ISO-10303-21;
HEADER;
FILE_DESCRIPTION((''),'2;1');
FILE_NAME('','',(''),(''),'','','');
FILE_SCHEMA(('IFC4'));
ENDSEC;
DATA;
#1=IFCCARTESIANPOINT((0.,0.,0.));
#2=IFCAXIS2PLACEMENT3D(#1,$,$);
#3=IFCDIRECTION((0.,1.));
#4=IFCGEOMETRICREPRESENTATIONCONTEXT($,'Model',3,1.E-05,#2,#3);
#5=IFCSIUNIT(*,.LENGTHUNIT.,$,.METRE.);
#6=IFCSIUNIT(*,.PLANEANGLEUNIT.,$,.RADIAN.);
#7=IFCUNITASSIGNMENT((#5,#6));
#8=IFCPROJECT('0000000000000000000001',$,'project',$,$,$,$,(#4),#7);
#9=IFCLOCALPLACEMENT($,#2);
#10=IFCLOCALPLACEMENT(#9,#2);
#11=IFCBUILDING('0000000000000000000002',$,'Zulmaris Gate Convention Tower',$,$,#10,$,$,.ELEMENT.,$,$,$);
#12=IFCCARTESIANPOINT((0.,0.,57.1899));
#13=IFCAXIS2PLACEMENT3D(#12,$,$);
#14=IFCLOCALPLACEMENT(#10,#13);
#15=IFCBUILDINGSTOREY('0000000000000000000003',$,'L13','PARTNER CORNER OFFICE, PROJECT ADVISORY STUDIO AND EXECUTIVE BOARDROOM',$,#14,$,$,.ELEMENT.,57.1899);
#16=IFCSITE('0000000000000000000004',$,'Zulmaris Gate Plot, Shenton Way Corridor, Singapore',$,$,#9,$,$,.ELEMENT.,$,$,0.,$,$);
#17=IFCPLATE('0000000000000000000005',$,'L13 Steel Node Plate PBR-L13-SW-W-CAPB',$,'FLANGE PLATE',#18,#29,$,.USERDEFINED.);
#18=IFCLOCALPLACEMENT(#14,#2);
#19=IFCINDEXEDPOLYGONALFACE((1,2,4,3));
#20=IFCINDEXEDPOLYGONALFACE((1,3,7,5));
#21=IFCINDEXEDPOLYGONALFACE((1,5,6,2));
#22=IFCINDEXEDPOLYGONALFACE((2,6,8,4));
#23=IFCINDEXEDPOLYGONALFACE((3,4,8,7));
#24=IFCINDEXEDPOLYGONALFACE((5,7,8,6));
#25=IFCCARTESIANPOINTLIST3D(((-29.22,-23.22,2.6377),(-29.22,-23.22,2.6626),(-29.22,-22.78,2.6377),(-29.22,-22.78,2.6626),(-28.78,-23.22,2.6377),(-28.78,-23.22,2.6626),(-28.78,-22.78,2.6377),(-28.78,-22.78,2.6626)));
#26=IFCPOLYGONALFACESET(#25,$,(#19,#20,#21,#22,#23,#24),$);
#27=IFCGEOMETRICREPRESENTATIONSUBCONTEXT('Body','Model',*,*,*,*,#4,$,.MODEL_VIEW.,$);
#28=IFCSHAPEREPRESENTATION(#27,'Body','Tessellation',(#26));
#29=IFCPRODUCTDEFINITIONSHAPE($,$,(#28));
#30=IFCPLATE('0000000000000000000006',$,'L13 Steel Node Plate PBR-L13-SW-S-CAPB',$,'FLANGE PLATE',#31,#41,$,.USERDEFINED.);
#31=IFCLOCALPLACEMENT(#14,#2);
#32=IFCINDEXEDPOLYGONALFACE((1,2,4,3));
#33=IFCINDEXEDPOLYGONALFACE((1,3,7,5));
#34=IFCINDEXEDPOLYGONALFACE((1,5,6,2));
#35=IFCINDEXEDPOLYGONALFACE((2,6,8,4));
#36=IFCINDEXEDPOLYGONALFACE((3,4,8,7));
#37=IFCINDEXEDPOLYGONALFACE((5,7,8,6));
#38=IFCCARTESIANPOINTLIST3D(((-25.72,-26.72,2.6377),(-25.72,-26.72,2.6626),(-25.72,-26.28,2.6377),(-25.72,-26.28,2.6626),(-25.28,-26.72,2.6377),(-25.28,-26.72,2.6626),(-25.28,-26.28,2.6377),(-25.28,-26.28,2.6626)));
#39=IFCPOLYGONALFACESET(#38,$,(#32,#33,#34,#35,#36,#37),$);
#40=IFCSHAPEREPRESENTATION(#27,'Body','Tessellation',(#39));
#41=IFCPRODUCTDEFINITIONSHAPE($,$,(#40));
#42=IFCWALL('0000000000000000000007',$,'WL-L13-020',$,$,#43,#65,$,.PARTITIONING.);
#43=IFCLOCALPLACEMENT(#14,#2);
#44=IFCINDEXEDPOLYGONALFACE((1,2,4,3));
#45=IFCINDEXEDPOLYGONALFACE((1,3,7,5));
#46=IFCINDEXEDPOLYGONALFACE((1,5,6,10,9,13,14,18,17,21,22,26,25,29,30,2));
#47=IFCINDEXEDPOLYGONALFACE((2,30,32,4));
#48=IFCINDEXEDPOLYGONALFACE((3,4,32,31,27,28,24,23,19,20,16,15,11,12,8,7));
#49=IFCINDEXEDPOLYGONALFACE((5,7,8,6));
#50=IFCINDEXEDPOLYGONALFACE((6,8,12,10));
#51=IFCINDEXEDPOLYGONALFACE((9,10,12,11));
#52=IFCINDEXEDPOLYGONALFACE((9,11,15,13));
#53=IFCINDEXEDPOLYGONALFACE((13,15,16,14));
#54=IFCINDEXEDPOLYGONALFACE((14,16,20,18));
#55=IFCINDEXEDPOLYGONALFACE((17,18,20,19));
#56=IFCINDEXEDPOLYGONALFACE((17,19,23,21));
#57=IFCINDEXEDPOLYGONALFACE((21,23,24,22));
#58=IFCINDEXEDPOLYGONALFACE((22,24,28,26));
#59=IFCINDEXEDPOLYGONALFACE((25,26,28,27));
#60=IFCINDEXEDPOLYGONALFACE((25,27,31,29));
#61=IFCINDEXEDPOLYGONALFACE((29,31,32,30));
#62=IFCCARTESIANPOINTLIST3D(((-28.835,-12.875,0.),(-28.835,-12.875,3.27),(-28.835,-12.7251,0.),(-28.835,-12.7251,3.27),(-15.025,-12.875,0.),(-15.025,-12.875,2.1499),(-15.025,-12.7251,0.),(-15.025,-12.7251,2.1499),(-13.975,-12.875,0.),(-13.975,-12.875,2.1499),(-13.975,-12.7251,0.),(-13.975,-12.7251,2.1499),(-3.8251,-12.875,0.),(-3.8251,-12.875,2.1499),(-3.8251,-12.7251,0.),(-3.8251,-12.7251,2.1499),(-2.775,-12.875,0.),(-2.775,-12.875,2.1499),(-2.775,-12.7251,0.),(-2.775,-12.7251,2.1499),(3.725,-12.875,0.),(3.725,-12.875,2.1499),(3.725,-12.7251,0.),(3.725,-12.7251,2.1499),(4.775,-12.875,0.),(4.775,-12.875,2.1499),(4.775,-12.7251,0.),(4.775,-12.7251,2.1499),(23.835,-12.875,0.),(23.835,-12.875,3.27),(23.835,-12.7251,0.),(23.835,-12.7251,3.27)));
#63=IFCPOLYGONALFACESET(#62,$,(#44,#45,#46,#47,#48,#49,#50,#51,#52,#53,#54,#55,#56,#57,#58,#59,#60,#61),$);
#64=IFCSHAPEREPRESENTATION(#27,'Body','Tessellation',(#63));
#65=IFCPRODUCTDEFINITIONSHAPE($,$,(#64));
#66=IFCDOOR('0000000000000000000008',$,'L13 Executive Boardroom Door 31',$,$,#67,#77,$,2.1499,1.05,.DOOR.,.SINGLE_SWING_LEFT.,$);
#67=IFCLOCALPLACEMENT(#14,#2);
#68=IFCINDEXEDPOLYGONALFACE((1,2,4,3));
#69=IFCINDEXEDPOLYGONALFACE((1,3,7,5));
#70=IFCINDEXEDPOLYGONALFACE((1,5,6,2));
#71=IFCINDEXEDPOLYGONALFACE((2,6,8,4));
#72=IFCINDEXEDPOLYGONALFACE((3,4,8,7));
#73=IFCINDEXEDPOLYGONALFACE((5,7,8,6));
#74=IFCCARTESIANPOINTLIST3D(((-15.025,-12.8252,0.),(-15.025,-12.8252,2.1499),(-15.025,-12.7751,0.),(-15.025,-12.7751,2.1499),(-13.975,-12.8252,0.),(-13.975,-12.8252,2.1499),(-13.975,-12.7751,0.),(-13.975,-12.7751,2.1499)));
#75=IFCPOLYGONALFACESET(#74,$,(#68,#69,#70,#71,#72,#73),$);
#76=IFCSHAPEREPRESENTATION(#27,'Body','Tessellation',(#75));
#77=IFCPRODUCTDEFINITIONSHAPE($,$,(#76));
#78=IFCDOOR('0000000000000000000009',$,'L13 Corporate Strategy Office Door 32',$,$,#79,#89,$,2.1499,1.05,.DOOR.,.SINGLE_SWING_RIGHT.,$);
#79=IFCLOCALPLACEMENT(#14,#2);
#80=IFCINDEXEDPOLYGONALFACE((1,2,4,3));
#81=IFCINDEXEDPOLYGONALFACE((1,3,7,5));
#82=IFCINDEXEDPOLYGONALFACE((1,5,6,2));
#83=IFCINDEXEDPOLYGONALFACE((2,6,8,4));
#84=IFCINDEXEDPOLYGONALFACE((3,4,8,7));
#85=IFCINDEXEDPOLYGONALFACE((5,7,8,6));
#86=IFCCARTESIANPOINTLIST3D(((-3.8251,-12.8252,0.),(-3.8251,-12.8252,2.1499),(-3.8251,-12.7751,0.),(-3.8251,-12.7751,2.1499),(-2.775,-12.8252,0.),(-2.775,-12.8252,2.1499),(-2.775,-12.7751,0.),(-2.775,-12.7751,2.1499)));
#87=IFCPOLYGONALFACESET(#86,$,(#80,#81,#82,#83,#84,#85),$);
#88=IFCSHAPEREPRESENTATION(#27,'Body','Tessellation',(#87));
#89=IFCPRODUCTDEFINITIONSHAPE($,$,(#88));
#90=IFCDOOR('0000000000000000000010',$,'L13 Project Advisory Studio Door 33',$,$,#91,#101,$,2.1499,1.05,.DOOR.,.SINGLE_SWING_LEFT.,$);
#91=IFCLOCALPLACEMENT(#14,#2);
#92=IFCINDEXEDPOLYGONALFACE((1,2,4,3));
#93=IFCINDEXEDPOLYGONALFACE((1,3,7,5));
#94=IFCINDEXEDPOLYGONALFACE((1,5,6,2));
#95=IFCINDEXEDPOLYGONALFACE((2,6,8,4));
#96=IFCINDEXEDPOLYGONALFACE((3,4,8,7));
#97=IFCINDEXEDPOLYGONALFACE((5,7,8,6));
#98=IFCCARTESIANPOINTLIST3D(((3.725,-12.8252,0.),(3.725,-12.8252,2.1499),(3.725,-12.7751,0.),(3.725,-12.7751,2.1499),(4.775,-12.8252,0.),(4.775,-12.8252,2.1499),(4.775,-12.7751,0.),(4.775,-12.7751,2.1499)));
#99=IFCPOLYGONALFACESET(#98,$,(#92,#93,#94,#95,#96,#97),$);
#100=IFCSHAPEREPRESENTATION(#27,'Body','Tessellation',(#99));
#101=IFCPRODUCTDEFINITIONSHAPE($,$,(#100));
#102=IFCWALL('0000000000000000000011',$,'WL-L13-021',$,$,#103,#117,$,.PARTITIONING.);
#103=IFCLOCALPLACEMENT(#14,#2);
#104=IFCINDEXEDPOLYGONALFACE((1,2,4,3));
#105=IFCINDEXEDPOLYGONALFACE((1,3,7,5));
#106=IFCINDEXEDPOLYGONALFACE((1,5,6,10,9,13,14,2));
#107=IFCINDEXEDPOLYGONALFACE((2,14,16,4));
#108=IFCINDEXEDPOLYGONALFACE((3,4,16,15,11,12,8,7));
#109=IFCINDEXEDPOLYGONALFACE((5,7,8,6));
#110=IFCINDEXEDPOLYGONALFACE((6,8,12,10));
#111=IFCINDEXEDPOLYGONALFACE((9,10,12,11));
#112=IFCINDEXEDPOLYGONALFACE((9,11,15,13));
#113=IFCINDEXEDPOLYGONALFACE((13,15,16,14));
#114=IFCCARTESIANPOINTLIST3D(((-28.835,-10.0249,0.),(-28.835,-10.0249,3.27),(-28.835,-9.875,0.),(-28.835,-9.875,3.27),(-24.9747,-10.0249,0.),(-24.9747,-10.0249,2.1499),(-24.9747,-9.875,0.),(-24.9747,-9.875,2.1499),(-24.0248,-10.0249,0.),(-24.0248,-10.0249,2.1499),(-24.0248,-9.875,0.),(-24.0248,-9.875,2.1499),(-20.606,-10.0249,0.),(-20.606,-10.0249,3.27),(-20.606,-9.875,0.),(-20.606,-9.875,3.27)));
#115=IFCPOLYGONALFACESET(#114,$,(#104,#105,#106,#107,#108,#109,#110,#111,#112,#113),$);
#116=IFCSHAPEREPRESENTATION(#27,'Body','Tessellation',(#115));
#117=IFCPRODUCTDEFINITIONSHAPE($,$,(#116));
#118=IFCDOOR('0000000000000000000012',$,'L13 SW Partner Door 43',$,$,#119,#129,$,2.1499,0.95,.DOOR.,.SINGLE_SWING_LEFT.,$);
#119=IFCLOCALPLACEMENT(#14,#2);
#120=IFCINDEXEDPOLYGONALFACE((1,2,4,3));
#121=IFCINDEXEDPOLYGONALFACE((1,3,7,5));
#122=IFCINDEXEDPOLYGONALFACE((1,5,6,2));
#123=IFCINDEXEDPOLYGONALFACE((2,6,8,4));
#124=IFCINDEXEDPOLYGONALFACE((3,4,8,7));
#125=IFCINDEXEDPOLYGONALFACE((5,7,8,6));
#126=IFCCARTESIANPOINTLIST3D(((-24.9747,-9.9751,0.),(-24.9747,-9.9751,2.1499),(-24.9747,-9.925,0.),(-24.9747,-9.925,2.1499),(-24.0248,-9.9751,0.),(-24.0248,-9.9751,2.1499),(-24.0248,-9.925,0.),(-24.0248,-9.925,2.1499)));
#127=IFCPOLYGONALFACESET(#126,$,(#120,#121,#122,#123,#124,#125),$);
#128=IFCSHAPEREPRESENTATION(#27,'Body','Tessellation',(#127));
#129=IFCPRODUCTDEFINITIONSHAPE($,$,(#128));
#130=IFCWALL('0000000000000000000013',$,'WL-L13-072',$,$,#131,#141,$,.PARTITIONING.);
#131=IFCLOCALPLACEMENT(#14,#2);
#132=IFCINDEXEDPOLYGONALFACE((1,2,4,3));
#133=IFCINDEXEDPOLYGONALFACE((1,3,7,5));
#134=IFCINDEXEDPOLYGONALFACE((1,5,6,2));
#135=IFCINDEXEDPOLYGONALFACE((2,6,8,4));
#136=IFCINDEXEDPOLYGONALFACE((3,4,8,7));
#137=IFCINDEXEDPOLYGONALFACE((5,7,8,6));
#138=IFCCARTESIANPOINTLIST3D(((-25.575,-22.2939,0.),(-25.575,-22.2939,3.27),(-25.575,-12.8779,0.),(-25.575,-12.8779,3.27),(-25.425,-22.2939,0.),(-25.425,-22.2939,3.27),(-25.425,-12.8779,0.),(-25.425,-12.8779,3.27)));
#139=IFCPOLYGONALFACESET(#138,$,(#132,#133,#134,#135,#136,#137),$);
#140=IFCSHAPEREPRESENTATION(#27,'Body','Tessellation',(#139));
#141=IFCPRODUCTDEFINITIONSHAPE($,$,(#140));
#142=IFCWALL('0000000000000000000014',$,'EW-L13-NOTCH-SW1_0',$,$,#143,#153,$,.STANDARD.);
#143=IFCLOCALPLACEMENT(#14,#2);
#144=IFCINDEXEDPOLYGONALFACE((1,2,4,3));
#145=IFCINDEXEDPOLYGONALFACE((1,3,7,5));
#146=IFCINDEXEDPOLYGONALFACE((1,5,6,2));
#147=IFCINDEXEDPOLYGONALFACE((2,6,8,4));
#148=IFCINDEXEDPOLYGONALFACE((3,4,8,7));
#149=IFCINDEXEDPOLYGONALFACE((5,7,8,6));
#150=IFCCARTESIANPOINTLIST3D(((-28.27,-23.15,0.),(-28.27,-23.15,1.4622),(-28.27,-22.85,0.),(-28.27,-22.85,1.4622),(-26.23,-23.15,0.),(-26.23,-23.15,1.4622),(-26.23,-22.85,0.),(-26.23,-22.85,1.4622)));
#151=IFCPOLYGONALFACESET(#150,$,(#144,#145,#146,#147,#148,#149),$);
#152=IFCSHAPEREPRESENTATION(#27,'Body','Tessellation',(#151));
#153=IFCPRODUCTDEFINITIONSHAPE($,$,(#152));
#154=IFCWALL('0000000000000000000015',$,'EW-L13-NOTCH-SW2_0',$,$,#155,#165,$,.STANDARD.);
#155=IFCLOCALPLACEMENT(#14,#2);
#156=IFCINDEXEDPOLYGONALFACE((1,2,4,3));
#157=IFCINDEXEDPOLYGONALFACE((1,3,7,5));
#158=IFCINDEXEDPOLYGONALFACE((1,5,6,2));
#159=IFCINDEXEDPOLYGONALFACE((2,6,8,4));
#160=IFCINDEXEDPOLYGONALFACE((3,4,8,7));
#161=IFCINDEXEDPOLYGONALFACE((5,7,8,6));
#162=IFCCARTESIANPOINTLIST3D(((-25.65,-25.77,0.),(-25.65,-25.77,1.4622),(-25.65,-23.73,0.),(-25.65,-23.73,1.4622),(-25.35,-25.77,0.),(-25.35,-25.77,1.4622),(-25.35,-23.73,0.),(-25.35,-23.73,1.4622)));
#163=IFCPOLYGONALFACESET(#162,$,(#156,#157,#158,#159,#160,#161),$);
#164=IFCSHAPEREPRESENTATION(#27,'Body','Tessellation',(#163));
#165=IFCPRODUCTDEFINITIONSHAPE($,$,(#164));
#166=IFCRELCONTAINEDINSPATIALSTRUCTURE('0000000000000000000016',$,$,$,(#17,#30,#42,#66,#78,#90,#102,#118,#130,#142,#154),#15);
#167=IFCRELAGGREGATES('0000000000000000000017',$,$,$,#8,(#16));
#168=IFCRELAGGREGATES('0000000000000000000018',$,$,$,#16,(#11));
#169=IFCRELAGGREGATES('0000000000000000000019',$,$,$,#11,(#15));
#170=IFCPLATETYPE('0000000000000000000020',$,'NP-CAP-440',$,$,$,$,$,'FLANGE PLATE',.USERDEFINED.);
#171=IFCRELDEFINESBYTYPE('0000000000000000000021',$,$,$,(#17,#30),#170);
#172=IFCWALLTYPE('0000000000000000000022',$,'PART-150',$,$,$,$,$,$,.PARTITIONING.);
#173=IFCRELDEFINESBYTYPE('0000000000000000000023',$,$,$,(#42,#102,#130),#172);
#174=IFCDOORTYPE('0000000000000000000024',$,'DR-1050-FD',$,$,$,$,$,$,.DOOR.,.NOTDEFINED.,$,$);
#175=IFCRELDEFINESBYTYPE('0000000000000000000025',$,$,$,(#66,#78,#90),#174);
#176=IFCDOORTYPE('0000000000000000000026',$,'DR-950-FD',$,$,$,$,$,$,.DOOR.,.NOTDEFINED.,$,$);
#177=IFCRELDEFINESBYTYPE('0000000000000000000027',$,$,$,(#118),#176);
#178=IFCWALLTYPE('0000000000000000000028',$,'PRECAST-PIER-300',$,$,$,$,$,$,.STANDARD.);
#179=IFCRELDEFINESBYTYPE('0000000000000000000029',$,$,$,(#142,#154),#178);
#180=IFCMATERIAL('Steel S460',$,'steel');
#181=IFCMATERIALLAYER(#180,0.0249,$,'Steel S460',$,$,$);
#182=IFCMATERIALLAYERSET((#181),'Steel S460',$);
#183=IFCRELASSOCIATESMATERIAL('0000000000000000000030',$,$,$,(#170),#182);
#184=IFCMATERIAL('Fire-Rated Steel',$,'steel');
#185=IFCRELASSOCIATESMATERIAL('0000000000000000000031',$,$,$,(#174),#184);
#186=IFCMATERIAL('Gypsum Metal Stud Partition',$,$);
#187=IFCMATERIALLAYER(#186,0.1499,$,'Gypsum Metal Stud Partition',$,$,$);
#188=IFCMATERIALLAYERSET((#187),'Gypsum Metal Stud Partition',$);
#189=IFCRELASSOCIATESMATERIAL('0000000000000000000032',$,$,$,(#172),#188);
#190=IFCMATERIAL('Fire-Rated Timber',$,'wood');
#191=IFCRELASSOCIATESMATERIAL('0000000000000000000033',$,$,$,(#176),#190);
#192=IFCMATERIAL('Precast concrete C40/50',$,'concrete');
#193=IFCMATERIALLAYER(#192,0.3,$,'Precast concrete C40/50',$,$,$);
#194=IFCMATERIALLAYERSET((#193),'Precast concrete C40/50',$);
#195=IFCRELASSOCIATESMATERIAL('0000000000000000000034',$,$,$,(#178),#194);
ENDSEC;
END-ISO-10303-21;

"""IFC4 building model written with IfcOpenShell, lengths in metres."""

from ifc_helpers import new_model, si_unit, direction, frame, frame_2d, origin, origin_2d, place, context, subcontext, project, spatial, rectangle, extrude, material, layer, layer_set, type_object, element, fill, save


model = new_model("IFC4")

# Units and contexts
model_context = context("Model", 3, precision=1e-05, world=origin(), true_north=direction((0.0, 1.0)))
body_context = subcontext(model_context, "Body", "Model", "MODEL_VIEW")
ifc_project = project(units=[si_unit("LENGTHUNIT", "METRE"), si_unit("PLANEANGLEUNIT", "RADIAN")], contexts=[model_context])

# Site, building, storey
site_placement = place(None, origin())
site = spatial("IfcSite", under=ifc_project, at=site_placement, Name="Zulmaris Gate Plot, Shenton Way Corridor, Singapore", CompositionType="ELEMENT", RefElevation=0.0)
building_placement = place(site_placement, origin())
building = spatial("IfcBuilding", under=site, at=building_placement, Name="Zulmaris Gate Convention Tower", CompositionType="ELEMENT")
storey_placement = place(building_placement, frame((0.0, 0.0, 57.1899)))
storey = spatial("IfcBuildingStorey", under=building, at=storey_placement, Name="L13", Description="PARTNER CORNER OFFICE, PROJECT ADVISORY STUDIO AND EXECUTIVE BOARDROOM", CompositionType="ELEMENT", Elevation=57.1899)

# Plates
ifc_material_1 = material(Name="Steel S460", Category="steel")
ifc_layer_1 = layer(ifc_material_1, 0.0249, Name="Steel S460")
ifc_layer_set_1 = layer_set([ifc_layer_1], Name="Steel S460")
plate_type = type_object("IfcPlateType", Name="NP-CAP-440", ElementType="FLANGE PLATE", PredefinedType="USERDEFINED", material=ifc_layer_set_1)
for number, where, z_axis, x_axis, name in (
    (1, (-29.0, -23.0, 2.6377), (0.0, 0.0, 1.0), (1.0, 0.0, 0.0), "L13 Steel Node Plate PBR-L13-SW-W-CAPB"),
    (2, (-25.5, -26.5, 2.6377), (0.0, 0.0, 1.0), (1.0, 0.0, 0.0), "L13 Steel Node Plate PBR-L13-SW-S-CAPB"),
):
    element("IfcPlate", number, at=place(storey_placement, frame(where, z_axis=z_axis, x_axis=x_axis)), inside=storey, type_object=plate_type, Name=name, ObjectType="FLANGE PLATE", PredefinedType="USERDEFINED", context=body_context, shape_type="SweptSolid", body=[
        extrude(rectangle(XDim=0.4399, YDim=0.4399, at=origin_2d()), origin(), (0.0, 0.0, 1.0), 0.0249),
    ])

# Shared definitions
ifc_material_2 = material(Name="Fire-Rated Steel", Category="steel")
door_type_1 = type_object("IfcDoorType", Name="DR-1050-FD", OperationType="NOTDEFINED", PredefinedType="DOOR", material=ifc_material_2)

# Wall, openings, doors
ifc_material_3 = material(Name="Gypsum Metal Stud Partition")
ifc_layer_2 = layer(ifc_material_3, 0.1499, Name="Gypsum Metal Stud Partition")
ifc_layer_set_2 = layer_set([ifc_layer_2], Name="Gypsum Metal Stud Partition")
wall_type_1 = type_object("IfcWallType", Name="PART-150", PredefinedType="PARTITIONING", material=ifc_layer_set_2)
wall_1_placement = place(storey_placement, frame((-28.835, -12.8, 0.0), z_axis=(0.0, 0.0, 1.0), x_axis=(1.0, 0.0, 0.0)))
wall_1 = element("IfcWall", 3, at=wall_1_placement, inside=storey, type_object=wall_type_1, Name="WL-L13-020", PredefinedType="PARTITIONING", context=body_context, shape_type="SweptSolid", body=[
    extrude(rectangle(XDim=52.6699, YDim=0.1499, at=frame_2d((26.335, 0.0))), origin(), (0.0, 0.0, 1.0), 3.27),
])
opening_1_placement = place(wall_1_placement, frame((13.8101, 0.0, 0.0)))
opening_1 = element("IfcOpeningElement", 4, at=opening_1_placement, cuts=wall_1, PredefinedType="OPENING", context=body_context, shape_type="SweptSolid", body=[
    extrude(rectangle(XDim=1.05, YDim=2.1499, at=frame_2d((0.5249, 1.075))), frame((0.0, 0.085, 0.0), z_axis=(0.0, -1.0, 0.0), x_axis=(1.0, 0.0, 0.0)), (0.0, 0.0, 1.0), 0.1699),
])
opening_2_placement = place(wall_1_placement, frame((25.01, 0.0, 0.0)))
opening_2 = element("IfcOpeningElement", 5, at=opening_2_placement, cuts=wall_1, PredefinedType="OPENING", context=body_context, shape_type="SweptSolid", body=[
    extrude(rectangle(XDim=1.05, YDim=2.1499, at=frame_2d((0.5249, 1.075))), frame((0.0, 0.085, 0.0), z_axis=(0.0, -1.0, 0.0), x_axis=(1.0, 0.0, 0.0)), (0.0, 0.0, 1.0), 0.1699),
])
opening_3_placement = place(wall_1_placement, frame((32.5601, 0.0, 0.0)))
opening_3 = element("IfcOpeningElement", 6, at=opening_3_placement, cuts=wall_1, PredefinedType="OPENING", context=body_context, shape_type="SweptSolid", body=[
    extrude(rectangle(XDim=1.05, YDim=2.1499, at=frame_2d((0.5249, 1.075))), frame((0.0, 0.085, 0.0), z_axis=(0.0, -1.0, 0.0), x_axis=(1.0, 0.0, 0.0)), (0.0, 0.0, 1.0), 0.1699),
])
door_1_placement = place(opening_1_placement, origin())
door_1 = element("IfcDoor", 7, at=door_1_placement, inside=storey, type_object=door_type_1, Name="L13 Executive Boardroom Door 31", OperationType="SINGLE_SWING_LEFT", OverallHeight=2.1499, OverallWidth=1.05, PredefinedType="DOOR", context=body_context, shape_type="SweptSolid", body=[
    extrude(rectangle(XDim=1.05, YDim=2.1499, at=frame_2d((0.5249, 1.075))), frame((0.0, 0.0249, 0.0), z_axis=(0.0, -1.0, 0.0), x_axis=(1.0, 0.0, 0.0)), (0.0, 0.0, 1.0), 0.05),
])
fill(opening_1, door_1)
door_2_placement = place(opening_2_placement, origin())
door_2 = element("IfcDoor", 8, at=door_2_placement, inside=storey, type_object=door_type_1, Name="L13 Corporate Strategy Office Door 32", OperationType="SINGLE_SWING_RIGHT", OverallHeight=2.1499, OverallWidth=1.05, PredefinedType="DOOR", context=body_context, shape_type="SweptSolid", body=[
    extrude(rectangle(XDim=1.05, YDim=2.1499, at=frame_2d((0.5249, 1.075))), frame((0.0, 0.0249, 0.0), z_axis=(0.0, -1.0, 0.0), x_axis=(1.0, 0.0, 0.0)), (0.0, 0.0, 1.0), 0.05),
])
fill(opening_2, door_2)
door_3_placement = place(opening_3_placement, origin())
door_3 = element("IfcDoor", 9, at=door_3_placement, inside=storey, type_object=door_type_1, Name="L13 Project Advisory Studio Door 33", OperationType="SINGLE_SWING_LEFT", OverallHeight=2.1499, OverallWidth=1.05, PredefinedType="DOOR", context=body_context, shape_type="SweptSolid", body=[
    extrude(rectangle(XDim=1.05, YDim=2.1499, at=frame_2d((0.5249, 1.075))), frame((0.0, 0.0249, 0.0), z_axis=(0.0, -1.0, 0.0), x_axis=(1.0, 0.0, 0.0)), (0.0, 0.0, 1.0), 0.05),
])
fill(opening_3, door_3)

# Wall, opening, door
wall_2_placement = place(storey_placement, frame((-28.835, -9.95, 0.0), z_axis=(0.0, 0.0, 1.0), x_axis=(1.0, 0.0, 0.0)))
wall_2 = element("IfcWall", 10, at=wall_2_placement, inside=storey, type_object=wall_type_1, Name="WL-L13-021", PredefinedType="PARTITIONING", context=body_context, shape_type="SweptSolid", body=[
    extrude(rectangle(XDim=8.229, YDim=0.1499, at=frame_2d((4.1145, 0.0))), origin(), (0.0, 0.0, 1.0), 3.27),
])
opening_4_placement = place(wall_2_placement, frame((3.8601, 0.0, 0.0)))
opening_4 = element("IfcOpeningElement", 11, at=opening_4_placement, cuts=wall_2, PredefinedType="OPENING", context=body_context, shape_type="SweptSolid", body=[
    extrude(rectangle(XDim=0.95, YDim=2.1499, at=frame_2d((0.4751, 1.075))), frame((0.0, 0.085, 0.0), z_axis=(0.0, -1.0, 0.0), x_axis=(1.0, 0.0, 0.0)), (0.0, 0.0, 1.0), 0.1699),
])
ifc_material_4 = material(Name="Fire-Rated Timber", Category="wood")
door_type_2 = type_object("IfcDoorType", Name="DR-950-FD", OperationType="NOTDEFINED", PredefinedType="DOOR", material=ifc_material_4)
door_4_placement = place(opening_4_placement, origin())
door_4 = element("IfcDoor", 12, at=door_4_placement, inside=storey, type_object=door_type_2, Name="L13 SW Partner Door 43", OperationType="SINGLE_SWING_LEFT", OverallHeight=2.1499, OverallWidth=0.95, PredefinedType="DOOR", context=body_context, shape_type="SweptSolid", body=[
    extrude(rectangle(XDim=0.95, YDim=2.1499, at=frame_2d((0.4751, 1.075))), frame((0.0, 0.0249, 0.0), z_axis=(0.0, -1.0, 0.0), x_axis=(1.0, 0.0, 0.0)), (0.0, 0.0, 1.0), 0.05),
])
fill(opening_4, door_4)

# Wall
wall_3_placement = place(storey_placement, frame((-25.5, -22.2939, 0.0), z_axis=(0.0, 0.0, 1.0), x_axis=(0.0, 1.0, 0.0)))
element("IfcWall", 13, at=wall_3_placement, inside=storey, type_object=wall_type_1, Name="WL-L13-072", PredefinedType="PARTITIONING", context=body_context, shape_type="SweptSolid", body=[
    extrude(rectangle(XDim=9.416, YDim=0.1499, at=frame_2d((4.708, 0.0))), origin(), (0.0, 0.0, 1.0), 3.27),
])

# Walls
ifc_material_5 = material(Name="Precast concrete C40/50", Category="concrete")
ifc_layer_3 = layer(ifc_material_5, 0.3, Name="Precast concrete C40/50")
ifc_layer_set_3 = layer_set([ifc_layer_3], Name="Precast concrete C40/50")
wall_type_2 = type_object("IfcWallType", Name="PRECAST-PIER-300", PredefinedType="STANDARD", material=ifc_layer_set_3)
for number, where, z_axis, x_axis, name in (
    (14, (-28.27, -23.0, 0.0), (0.0, 0.0, 1.0), (1.0, 0.0, 0.0), "EW-L13-NOTCH-SW1_0"),
    (15, (-25.5, -23.73, 0.0), (0.0, 0.0, 1.0), (0.0, -1.0, 0.0), "EW-L13-NOTCH-SW2_0"),
):
    element("IfcWall", number, at=place(storey_placement, frame(where, z_axis=z_axis, x_axis=x_axis)), inside=storey, type_object=wall_type_2, Name=name, PredefinedType="STANDARD", context=body_context, shape_type="SweptSolid", body=[
        extrude(rectangle(XDim=2.04, YDim=0.3, at=frame_2d((1.02, 0.0))), origin(), (0.0, 0.0, 1.0), 1.4622),
    ])

save(model, "model.ifc")
